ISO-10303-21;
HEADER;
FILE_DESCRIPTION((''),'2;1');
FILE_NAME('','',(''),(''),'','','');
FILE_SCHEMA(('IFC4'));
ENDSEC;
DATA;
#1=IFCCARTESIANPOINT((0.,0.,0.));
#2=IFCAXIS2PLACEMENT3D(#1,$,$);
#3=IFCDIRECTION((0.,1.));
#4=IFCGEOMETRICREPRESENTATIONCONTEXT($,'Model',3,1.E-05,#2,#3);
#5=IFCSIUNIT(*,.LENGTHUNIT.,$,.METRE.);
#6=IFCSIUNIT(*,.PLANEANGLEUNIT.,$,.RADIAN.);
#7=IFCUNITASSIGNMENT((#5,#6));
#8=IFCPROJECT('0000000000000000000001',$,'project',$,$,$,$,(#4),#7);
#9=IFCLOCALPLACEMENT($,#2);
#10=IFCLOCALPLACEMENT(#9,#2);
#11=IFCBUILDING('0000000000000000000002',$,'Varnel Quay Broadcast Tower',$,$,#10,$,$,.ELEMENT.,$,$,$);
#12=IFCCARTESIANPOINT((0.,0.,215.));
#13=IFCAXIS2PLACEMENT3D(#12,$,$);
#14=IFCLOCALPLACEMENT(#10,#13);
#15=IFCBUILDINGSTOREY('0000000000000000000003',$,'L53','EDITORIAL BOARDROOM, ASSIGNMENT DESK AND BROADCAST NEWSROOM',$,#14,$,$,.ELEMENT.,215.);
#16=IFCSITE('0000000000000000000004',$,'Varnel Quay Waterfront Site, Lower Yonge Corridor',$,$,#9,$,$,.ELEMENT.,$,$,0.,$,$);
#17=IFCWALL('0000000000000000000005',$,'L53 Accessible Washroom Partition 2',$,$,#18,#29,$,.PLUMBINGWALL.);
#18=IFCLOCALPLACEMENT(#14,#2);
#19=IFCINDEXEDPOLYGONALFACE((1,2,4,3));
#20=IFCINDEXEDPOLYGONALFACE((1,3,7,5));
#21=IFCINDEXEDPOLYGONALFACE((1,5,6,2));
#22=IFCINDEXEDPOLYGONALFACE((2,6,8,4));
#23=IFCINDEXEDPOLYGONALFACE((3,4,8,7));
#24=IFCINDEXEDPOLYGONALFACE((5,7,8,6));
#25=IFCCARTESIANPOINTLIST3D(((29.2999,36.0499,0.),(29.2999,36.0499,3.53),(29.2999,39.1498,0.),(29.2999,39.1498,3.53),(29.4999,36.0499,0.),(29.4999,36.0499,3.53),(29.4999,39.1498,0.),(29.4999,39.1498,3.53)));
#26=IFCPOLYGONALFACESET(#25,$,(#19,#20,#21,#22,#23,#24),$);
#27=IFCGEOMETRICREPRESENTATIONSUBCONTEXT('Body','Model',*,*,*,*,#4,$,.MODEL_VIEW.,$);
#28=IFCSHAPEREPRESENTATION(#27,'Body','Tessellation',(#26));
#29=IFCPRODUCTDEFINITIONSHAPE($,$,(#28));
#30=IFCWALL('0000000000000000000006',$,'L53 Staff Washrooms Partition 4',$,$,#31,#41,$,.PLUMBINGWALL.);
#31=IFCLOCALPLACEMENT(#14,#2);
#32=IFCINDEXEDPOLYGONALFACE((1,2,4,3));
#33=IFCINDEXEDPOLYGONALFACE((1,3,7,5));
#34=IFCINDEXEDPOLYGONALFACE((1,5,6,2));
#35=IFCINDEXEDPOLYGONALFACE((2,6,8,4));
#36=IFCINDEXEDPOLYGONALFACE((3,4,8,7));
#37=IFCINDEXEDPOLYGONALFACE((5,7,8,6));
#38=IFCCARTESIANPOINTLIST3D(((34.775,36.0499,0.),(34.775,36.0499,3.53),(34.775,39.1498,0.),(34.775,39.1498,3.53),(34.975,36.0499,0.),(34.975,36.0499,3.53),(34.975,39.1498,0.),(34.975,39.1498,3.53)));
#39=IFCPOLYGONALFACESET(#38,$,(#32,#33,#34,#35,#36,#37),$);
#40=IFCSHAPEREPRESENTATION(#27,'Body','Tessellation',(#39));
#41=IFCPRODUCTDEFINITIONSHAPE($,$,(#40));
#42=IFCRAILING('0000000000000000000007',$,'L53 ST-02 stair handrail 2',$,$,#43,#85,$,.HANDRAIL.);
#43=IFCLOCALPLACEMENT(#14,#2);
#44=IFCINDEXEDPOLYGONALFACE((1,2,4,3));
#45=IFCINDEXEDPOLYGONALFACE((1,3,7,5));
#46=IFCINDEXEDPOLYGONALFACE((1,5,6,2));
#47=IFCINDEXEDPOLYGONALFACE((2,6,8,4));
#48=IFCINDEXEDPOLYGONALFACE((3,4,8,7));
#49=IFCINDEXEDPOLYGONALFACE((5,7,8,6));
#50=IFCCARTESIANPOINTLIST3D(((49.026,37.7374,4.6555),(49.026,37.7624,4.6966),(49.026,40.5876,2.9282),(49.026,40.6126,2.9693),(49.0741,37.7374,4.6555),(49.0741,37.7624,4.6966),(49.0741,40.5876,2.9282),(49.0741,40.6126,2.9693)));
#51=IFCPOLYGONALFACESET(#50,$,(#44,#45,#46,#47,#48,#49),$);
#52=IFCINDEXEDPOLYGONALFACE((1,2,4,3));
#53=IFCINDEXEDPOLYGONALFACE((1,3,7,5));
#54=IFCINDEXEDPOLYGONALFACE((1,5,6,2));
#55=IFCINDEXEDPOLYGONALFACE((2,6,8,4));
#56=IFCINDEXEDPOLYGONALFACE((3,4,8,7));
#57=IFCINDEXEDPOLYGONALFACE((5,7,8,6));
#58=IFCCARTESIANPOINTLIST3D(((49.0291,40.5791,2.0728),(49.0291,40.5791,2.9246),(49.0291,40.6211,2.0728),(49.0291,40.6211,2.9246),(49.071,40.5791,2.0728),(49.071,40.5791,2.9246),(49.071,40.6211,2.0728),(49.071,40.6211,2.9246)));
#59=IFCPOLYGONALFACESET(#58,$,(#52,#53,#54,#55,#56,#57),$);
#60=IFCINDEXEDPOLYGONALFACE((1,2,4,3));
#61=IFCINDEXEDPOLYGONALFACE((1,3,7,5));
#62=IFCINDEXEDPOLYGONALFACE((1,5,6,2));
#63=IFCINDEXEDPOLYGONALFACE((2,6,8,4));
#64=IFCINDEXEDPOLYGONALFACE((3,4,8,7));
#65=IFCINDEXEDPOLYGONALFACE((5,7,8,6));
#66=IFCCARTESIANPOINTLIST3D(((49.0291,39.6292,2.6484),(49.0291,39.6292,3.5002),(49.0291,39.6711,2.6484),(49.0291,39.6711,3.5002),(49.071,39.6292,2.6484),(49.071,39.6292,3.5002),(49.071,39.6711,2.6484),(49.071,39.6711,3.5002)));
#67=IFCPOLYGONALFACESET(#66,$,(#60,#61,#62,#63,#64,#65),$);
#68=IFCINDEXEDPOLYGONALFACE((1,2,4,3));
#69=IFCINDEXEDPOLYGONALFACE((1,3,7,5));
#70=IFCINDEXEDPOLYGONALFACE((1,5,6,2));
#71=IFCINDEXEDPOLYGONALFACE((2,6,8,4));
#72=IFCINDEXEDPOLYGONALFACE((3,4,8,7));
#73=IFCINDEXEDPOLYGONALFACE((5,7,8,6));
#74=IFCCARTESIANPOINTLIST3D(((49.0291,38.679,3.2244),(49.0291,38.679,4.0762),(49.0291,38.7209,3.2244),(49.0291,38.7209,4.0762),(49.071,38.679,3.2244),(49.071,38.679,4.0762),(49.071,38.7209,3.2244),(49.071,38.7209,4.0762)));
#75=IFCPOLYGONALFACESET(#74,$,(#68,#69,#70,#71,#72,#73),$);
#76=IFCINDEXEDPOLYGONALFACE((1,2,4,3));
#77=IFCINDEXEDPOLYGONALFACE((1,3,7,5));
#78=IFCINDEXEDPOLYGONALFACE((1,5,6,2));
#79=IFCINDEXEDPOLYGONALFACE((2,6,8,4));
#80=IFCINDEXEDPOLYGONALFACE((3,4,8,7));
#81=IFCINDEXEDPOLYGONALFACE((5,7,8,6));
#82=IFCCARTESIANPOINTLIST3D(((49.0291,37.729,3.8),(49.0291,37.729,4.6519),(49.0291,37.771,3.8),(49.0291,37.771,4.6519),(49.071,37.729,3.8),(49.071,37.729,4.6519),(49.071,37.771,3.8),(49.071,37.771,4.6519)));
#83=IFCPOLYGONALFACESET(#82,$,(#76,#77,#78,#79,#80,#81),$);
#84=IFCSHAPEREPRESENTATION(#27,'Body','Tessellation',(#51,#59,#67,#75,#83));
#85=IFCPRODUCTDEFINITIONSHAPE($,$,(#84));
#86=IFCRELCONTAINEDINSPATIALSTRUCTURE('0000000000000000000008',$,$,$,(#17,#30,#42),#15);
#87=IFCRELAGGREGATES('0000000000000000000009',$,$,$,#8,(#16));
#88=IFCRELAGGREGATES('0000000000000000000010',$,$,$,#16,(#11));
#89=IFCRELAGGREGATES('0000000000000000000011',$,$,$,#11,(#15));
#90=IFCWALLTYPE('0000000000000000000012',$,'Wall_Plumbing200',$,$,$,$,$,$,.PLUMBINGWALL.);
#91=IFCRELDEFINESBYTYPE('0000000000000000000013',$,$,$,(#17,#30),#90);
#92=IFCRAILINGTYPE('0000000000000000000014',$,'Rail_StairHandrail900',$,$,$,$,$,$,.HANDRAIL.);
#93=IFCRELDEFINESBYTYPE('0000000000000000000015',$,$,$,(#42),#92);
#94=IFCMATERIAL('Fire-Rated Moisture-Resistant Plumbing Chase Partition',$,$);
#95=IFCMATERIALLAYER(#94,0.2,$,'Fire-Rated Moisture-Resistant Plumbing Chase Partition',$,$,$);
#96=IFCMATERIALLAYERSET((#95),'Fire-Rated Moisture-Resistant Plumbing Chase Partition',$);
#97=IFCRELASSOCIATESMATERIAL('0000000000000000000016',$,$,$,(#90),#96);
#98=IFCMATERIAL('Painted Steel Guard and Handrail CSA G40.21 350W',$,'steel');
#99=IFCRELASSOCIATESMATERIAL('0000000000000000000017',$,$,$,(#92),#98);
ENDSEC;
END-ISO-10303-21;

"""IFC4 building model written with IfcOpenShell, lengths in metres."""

from ifc_helpers import new_model, si_unit, direction, frame, frame_2d, origin, origin_2d, place, context, subcontext, project, spatial, rectangle, extrude, material, layer, layer_set, type_object, element, save


model = new_model("IFC4")

# Units and contexts
model_context = context("Model", 3, precision=1e-05, world=origin(), true_north=direction((0.0, 1.0)))
body_context = subcontext(model_context, "Body", "Model", "MODEL_VIEW")
ifc_project = project(units=[si_unit("LENGTHUNIT", "METRE"), si_unit("PLANEANGLEUNIT", "RADIAN")], contexts=[model_context])

# Site, building, storey
site_placement = place(None, origin())
site = spatial("IfcSite", under=ifc_project, at=site_placement, Name="Varnel Quay Waterfront Site, Lower Yonge Corridor", CompositionType="ELEMENT", RefElevation=0.0)
building_placement = place(site_placement, origin())
building = spatial("IfcBuilding", under=site, at=building_placement, Name="Varnel Quay Broadcast Tower", CompositionType="ELEMENT")
storey_placement = place(building_placement, frame((0.0, 0.0, 215.0)))
storey = spatial("IfcBuildingStorey", under=building, at=storey_placement, Name="L53", Description="EDITORIAL BOARDROOM, ASSIGNMENT DESK AND BROADCAST NEWSROOM", CompositionType="ELEMENT", Elevation=215.0)

# Walls
ifc_material_1 = material(Name="Fire-Rated Moisture-Resistant Plumbing Chase Partition")
ifc_layer_1 = layer(ifc_material_1, 0.2, Name="Fire-Rated Moisture-Resistant Plumbing Chase Partition")
ifc_layer_set_1 = layer_set([ifc_layer_1], Name="Fire-Rated Moisture-Resistant Plumbing Chase Partition")
wall_type_1 = type_object("IfcWallType", Name="Wall_Plumbing200", PredefinedType="PLUMBINGWALL", material=ifc_layer_set_1)
for number, where, z_axis, x_axis, name in (
    (1, (29.3999, 36.05, 0.0), (0.0, 0.0, 1.0), (0.0, 1.0, 0.0), "L53 Accessible Washroom Partition 2"),
    (2, (34.875, 36.05, 0.0), (0.0, 0.0, 1.0), (0.0, 1.0, 0.0), "L53 Staff Washrooms Partition 4"),
):
    element("IfcWall", number, at=place(storey_placement, frame(where, z_axis=z_axis, x_axis=x_axis)), inside=storey, type_object=wall_type_1, Name=name, PredefinedType="PLUMBINGWALL", context=body_context, shape_type="SweptSolid", body=[
        extrude(rectangle(XDim=3.0999, YDim=0.2, at=frame_2d((1.5498, 0.0))), origin(), (0.0, 0.0, 1.0), 3.53),
    ])

# Railing
ifc_material_2 = material(Name="Painted Steel Guard and Handrail CSA G40.21 350W", Category="steel")
railing_type = type_object("IfcRailingType", Name="Rail_StairHandrail900", PredefinedType="HANDRAIL", material=ifc_material_2)
railing_placement = place(storey_placement, frame((49.05, 40.6001, 2.0728)))
element("IfcRailing", 3, at=railing_placement, inside=storey, type_object=railing_type, Name="L53 ST-02 stair handrail 2", PredefinedType="HANDRAIL", context=body_context, shape_type="SweptSolid", body=[
    extrude(rectangle(XDim=0.0481, YDim=0.0481, at=origin_2d()), frame((0.0, 0.0, 0.876), z_axis=(0.0, -0.855203, 0.518294), x_axis=(1.0, 0.0, 0.0)), (0.0, 0.0, 1.0), 3.3328),
    extrude(rectangle(XDim=0.042, YDim=0.042, at=origin_2d()), origin(), (0.0, 0.0, 1.0), 0.8518),
    extrude(rectangle(XDim=0.042, YDim=0.042, at=origin_2d()), frame((0.0, -0.95, 0.5757)), (0.0, 0.0, 1.0), 0.8518),
    extrude(rectangle(XDim=0.042, YDim=0.042, at=origin_2d()), frame((0.0, -1.9001, 1.1516)), (0.0, 0.0, 1.0), 0.8518),
    extrude(rectangle(XDim=0.042, YDim=0.042, at=origin_2d()), frame((0.0, -2.8501, 1.7273)), (0.0, 0.0, 1.0), 0.8518),
])

save(model, "model.ifc")
